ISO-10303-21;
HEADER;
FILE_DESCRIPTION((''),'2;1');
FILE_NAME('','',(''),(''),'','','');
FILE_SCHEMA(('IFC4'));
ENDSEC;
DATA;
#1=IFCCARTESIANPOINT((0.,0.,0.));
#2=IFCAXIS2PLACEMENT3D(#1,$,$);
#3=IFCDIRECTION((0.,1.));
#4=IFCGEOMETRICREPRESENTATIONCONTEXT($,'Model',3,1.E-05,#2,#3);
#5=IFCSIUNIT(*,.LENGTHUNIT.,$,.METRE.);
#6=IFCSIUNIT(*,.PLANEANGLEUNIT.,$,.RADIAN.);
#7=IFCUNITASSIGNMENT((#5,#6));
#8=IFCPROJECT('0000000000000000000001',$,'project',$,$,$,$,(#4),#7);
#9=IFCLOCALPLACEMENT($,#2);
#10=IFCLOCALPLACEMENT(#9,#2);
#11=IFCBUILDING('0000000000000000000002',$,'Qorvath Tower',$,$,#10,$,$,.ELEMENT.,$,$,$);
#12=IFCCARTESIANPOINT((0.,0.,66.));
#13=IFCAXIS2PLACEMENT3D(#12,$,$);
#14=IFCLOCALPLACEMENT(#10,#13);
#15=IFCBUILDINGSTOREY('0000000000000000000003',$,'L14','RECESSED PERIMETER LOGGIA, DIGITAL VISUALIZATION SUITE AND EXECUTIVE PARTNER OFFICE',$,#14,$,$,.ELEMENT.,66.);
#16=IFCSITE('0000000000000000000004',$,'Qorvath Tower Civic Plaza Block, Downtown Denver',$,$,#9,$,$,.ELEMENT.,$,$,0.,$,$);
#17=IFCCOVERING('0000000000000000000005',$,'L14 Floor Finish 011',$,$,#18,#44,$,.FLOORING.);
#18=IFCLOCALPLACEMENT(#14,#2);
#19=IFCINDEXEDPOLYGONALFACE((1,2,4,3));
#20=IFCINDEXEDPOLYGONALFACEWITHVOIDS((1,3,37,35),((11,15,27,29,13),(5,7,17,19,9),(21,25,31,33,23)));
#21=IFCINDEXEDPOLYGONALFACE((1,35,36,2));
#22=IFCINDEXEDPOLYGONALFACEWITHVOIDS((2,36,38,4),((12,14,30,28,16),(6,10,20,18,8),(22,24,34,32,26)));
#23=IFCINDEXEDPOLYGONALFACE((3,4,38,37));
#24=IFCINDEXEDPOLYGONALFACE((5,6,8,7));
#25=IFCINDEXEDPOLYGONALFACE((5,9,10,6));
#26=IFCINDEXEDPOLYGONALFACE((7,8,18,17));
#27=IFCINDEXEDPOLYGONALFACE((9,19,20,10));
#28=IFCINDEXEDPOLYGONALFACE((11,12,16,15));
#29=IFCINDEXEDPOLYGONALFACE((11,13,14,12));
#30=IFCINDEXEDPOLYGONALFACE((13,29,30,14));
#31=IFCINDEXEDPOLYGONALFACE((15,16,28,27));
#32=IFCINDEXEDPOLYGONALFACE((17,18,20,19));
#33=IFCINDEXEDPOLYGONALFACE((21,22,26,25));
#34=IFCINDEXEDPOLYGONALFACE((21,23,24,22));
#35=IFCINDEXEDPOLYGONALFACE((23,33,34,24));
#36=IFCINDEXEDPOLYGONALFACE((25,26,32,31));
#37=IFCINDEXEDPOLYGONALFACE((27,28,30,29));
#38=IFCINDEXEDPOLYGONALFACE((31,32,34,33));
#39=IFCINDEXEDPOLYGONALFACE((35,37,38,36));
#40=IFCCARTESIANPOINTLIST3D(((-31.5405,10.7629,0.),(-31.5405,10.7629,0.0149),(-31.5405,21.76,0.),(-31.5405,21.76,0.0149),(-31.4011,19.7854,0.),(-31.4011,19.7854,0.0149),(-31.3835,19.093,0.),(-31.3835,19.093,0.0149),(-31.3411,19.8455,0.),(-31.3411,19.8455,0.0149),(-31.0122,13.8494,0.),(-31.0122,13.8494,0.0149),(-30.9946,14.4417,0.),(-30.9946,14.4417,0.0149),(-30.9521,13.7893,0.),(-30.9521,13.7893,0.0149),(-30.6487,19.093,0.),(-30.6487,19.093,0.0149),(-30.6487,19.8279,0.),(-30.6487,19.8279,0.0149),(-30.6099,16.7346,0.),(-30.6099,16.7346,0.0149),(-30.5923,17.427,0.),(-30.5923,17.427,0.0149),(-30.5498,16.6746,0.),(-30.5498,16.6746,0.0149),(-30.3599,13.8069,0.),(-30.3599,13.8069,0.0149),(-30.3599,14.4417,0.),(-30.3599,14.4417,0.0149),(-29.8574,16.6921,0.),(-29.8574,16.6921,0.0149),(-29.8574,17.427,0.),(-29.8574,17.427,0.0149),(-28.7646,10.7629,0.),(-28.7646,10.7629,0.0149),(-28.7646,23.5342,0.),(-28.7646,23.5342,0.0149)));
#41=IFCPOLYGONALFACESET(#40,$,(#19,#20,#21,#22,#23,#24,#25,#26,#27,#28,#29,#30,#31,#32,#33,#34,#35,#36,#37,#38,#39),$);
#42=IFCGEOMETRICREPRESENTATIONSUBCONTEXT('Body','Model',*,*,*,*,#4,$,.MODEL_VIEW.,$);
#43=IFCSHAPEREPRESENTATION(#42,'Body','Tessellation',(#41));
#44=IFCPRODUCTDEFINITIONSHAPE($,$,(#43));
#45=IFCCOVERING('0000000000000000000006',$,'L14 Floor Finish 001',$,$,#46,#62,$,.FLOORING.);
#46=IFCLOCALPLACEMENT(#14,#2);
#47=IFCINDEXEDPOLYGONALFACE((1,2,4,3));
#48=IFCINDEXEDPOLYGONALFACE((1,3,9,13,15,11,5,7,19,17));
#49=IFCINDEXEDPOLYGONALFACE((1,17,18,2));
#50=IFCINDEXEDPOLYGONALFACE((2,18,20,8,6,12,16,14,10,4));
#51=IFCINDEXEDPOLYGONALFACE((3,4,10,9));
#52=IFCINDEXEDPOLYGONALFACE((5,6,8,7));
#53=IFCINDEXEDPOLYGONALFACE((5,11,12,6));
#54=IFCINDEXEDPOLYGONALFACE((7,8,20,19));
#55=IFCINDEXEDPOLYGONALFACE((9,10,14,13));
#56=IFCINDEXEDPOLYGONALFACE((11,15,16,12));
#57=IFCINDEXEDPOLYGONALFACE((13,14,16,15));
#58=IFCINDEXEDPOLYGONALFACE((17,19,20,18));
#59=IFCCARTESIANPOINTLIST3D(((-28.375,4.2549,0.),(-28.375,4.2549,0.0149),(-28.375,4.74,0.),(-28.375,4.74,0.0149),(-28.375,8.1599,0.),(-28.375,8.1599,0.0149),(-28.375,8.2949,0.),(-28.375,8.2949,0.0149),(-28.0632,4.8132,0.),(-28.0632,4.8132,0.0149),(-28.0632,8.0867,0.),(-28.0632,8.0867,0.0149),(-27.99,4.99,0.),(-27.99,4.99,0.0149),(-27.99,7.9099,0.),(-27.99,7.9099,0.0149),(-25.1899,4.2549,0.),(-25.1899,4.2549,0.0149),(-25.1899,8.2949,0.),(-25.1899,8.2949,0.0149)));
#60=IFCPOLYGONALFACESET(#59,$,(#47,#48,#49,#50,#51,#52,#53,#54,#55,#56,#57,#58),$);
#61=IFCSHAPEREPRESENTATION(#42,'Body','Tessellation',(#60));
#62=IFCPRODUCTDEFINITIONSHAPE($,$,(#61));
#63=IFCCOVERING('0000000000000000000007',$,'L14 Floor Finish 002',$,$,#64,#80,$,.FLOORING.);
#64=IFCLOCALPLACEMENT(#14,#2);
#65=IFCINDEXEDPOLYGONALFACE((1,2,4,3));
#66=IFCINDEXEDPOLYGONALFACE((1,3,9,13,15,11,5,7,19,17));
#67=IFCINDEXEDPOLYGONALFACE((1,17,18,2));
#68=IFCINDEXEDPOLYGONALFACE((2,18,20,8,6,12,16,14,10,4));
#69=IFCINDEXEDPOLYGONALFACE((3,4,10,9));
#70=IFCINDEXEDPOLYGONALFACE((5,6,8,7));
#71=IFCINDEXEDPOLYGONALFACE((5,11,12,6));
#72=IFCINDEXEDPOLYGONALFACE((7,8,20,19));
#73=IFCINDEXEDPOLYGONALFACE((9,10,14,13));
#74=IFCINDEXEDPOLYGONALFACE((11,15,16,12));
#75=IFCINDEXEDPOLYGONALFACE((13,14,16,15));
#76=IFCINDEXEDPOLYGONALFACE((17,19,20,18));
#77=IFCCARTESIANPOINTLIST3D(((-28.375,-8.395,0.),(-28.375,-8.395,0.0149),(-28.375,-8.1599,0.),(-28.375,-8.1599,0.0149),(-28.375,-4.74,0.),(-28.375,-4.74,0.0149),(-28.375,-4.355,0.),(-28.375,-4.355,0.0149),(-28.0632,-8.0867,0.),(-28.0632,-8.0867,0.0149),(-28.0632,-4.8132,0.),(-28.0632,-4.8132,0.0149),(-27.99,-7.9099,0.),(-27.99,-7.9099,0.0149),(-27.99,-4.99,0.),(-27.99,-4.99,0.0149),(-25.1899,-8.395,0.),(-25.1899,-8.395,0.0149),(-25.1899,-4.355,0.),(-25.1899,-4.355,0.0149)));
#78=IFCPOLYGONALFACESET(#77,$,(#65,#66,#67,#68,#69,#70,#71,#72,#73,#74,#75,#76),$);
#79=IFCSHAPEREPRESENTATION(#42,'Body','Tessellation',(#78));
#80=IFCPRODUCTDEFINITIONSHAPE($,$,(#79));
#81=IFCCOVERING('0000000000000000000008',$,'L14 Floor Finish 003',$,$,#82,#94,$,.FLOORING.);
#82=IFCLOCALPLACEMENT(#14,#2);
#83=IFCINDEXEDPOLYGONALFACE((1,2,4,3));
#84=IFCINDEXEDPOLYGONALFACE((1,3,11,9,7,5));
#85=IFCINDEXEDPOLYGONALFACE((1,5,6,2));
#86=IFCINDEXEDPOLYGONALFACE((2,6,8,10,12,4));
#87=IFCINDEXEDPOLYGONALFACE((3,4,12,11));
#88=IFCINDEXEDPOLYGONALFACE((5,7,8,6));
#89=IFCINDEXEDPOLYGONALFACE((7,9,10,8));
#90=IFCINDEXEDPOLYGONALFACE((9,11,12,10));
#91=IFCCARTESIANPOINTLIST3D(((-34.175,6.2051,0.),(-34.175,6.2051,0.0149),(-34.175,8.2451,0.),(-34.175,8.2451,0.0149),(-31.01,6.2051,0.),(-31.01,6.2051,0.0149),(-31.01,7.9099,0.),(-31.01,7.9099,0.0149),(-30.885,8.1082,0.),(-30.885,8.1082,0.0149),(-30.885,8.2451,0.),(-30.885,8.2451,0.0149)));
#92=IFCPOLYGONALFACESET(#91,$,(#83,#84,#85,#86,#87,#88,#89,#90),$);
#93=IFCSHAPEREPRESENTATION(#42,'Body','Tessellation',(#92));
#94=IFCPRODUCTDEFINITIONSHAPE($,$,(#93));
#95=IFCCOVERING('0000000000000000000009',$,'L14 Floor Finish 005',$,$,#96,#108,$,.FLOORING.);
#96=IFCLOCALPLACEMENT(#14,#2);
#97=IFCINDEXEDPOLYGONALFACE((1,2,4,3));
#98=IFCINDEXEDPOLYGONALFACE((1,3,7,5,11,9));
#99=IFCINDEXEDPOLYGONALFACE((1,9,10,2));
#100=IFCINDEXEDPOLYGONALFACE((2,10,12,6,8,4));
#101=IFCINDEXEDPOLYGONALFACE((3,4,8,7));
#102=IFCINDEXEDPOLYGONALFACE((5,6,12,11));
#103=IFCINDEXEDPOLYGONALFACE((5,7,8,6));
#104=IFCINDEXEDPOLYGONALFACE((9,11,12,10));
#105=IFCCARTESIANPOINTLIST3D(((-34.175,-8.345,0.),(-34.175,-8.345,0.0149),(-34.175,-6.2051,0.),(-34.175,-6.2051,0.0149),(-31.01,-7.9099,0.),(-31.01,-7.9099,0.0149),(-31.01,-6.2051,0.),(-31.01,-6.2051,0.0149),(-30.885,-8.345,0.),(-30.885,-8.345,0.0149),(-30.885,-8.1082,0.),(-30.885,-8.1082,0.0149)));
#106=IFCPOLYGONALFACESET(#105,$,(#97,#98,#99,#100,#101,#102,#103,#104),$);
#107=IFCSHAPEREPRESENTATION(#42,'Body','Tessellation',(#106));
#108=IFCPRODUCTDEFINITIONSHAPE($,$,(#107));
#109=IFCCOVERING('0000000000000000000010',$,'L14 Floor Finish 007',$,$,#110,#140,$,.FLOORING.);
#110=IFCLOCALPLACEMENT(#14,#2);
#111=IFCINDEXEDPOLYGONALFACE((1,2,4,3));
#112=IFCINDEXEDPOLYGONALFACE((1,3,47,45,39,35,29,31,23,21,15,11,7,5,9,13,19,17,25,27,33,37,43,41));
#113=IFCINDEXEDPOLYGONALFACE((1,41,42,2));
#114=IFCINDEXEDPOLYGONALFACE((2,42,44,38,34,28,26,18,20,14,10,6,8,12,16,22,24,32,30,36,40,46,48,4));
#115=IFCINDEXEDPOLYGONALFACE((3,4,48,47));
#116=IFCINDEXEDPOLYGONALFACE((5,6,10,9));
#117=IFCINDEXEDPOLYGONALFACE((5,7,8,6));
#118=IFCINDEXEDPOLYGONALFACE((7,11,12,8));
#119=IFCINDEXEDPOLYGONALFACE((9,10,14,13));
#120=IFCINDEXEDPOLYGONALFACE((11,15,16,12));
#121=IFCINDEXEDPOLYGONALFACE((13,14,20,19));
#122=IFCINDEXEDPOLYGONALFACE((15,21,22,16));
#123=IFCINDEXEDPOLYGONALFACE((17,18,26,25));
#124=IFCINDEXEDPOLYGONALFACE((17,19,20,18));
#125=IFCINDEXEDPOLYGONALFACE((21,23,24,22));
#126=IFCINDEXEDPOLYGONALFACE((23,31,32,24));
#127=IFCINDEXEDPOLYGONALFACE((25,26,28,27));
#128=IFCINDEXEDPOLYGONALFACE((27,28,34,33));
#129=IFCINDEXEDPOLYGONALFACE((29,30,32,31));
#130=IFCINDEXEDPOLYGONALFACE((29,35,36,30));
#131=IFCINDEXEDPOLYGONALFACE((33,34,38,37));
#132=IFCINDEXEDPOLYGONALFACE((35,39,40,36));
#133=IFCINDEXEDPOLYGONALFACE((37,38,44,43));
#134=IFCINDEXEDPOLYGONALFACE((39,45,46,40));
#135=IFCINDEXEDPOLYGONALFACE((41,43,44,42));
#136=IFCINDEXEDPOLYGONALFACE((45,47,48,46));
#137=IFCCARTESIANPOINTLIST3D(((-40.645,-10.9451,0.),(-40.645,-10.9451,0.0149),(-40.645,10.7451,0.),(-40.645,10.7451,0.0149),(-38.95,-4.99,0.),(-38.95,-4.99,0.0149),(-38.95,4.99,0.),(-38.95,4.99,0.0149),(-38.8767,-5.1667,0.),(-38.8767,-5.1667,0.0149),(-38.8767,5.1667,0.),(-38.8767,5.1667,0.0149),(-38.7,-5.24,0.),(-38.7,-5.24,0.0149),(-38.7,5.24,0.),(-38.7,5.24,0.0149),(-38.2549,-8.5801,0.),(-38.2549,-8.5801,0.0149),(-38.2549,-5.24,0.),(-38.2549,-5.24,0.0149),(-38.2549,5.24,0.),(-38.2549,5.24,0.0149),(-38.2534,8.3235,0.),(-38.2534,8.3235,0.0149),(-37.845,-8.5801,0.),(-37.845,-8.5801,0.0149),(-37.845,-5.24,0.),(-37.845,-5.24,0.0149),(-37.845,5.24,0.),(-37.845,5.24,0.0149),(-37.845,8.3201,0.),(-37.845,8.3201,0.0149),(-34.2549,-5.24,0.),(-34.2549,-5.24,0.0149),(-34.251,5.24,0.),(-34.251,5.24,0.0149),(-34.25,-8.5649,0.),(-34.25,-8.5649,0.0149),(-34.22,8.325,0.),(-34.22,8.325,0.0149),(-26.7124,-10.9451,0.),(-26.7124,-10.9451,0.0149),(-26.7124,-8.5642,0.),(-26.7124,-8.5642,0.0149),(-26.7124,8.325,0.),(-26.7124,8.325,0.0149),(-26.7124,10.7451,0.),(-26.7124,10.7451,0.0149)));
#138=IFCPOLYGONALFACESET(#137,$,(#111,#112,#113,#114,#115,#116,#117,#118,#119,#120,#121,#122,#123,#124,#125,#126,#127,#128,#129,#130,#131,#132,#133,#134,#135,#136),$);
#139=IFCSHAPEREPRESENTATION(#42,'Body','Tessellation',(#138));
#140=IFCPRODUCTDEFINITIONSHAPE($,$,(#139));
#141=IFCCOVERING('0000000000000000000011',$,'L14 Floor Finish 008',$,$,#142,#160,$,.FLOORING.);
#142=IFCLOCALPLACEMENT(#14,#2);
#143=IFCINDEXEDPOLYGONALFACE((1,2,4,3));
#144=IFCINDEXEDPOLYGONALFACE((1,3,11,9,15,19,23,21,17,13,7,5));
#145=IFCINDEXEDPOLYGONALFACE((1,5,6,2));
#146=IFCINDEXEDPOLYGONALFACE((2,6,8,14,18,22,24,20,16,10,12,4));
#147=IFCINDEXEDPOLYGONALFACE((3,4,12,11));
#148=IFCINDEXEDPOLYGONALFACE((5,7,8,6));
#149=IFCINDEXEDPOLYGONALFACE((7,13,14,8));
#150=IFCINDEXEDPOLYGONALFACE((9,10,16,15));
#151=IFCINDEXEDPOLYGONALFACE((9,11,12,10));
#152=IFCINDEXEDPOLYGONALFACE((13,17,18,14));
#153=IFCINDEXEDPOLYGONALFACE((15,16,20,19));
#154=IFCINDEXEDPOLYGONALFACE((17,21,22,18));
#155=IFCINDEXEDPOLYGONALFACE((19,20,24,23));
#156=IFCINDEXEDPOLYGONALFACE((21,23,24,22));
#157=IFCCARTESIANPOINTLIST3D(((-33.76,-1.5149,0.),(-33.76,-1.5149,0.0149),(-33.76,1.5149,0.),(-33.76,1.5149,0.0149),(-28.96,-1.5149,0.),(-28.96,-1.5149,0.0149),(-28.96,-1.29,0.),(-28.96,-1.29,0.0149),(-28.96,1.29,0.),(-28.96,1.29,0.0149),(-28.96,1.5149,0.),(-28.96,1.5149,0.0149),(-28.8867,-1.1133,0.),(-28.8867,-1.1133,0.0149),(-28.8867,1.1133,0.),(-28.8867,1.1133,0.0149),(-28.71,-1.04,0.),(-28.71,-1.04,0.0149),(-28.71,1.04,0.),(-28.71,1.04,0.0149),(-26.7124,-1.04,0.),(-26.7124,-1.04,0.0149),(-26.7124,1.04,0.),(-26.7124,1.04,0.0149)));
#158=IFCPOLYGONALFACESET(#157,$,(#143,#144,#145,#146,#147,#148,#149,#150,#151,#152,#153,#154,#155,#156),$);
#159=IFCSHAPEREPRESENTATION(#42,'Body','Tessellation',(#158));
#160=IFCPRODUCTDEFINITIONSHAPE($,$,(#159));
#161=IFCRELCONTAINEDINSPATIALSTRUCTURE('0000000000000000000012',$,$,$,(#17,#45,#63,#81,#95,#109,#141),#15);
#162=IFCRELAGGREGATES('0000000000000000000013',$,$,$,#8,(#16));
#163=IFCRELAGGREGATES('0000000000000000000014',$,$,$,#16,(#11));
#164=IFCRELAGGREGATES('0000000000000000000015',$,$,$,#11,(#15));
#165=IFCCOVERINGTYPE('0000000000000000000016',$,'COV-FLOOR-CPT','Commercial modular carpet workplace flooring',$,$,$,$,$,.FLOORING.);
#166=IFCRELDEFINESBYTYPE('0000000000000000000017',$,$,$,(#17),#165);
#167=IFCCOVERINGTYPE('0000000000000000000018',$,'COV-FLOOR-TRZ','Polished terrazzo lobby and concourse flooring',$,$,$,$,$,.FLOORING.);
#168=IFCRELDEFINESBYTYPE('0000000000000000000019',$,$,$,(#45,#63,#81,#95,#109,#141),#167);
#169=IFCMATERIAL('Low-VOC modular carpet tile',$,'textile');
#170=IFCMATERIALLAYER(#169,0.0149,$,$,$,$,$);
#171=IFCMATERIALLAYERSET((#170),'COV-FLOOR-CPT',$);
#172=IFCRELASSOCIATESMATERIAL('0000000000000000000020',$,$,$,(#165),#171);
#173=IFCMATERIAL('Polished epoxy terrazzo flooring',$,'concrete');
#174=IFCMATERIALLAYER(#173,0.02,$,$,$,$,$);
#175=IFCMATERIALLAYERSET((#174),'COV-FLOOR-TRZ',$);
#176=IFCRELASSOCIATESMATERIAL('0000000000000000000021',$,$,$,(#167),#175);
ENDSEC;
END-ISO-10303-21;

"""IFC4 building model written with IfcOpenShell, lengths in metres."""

from ifc_helpers import new_model, si_unit, direction, frame, origin, place, context, subcontext, project, spatial, polyline, outline, extrude, material, layer, layer_set, type_object, element, save


model = new_model("IFC4")

# Units and contexts
model_context = context("Model", 3, precision=1e-05, world=origin(), true_north=direction((0.0, 1.0)))
body_context = subcontext(model_context, "Body", "Model", "MODEL_VIEW")
ifc_project = project(units=[si_unit("LENGTHUNIT", "METRE"), si_unit("PLANEANGLEUNIT", "RADIAN")], contexts=[model_context])

# Site, building, storey
site_placement = place(None, origin())
site = spatial("IfcSite", under=ifc_project, at=site_placement, Name="Qorvath Tower Civic Plaza Block, Downtown Denver", CompositionType="ELEMENT", RefElevation=0.0)
building_placement = place(site_placement, origin())
building = spatial("IfcBuilding", under=site, at=building_placement, Name="Qorvath Tower", CompositionType="ELEMENT")
storey_placement = place(building_placement, frame((0.0, 0.0, 66.0)))
storey = spatial("IfcBuildingStorey", under=building, at=storey_placement, Name="L14", Description="RECESSED PERIMETER LOGGIA, DIGITAL VISUALIZATION SUITE AND EXECUTIVE PARTNER OFFICE", CompositionType="ELEMENT", Elevation=66.0)

# Coverings
ifc_material_1 = material(Name="Low-VOC modular carpet tile", Category="textile")
ifc_layer_1 = layer(ifc_material_1, 0.0149)
ifc_layer_set_1 = layer_set([ifc_layer_1], Name="COV-FLOOR-CPT")
covering_type_1 = type_object("IfcCoveringType", Name="COV-FLOOR-CPT", Description="Commercial modular carpet workplace flooring", PredefinedType="FLOORING", material=ifc_layer_set_1)
covering_1_placement = place(storey_placement, origin())
element("IfcCovering", 1, at=covering_1_placement, inside=storey, type_object=covering_type_1, Name="L14 Floor Finish 011", PredefinedType="FLOORING", context=body_context, shape_type="SweptSolid", body=[
    extrude(outline(polyline([(-28.7646, 10.7629), (-28.7646, 23.5342), (-31.5405, 21.76), (-31.5405, 10.7629), (-28.7646, 10.7629)]), holes=[polyline([(-30.6099, 16.7346), (-30.5923, 17.427), (-29.8574, 17.427), (-29.8574, 16.6921), (-30.5498, 16.6746), (-30.6099, 16.7346)]), polyline([(-31.0122, 13.8494), (-30.9946, 14.4417), (-30.3599, 14.4417), (-30.3599, 13.8069), (-30.9521, 13.7893), (-31.0122, 13.8494)]), polyline([(-31.4011, 19.7854), (-31.3411, 19.8455), (-30.6487, 19.8279), (-30.6487, 19.093), (-31.3835, 19.093), (-31.4011, 19.7854)])]), origin(), (0.0, 0.0, 1.0), 0.0149),
])
ifc_material_2 = material(Name="Polished epoxy terrazzo flooring", Category="concrete")
ifc_layer_2 = layer(ifc_material_2, 0.02)
ifc_layer_set_2 = layer_set([ifc_layer_2], Name="COV-FLOOR-TRZ")
covering_type_2 = type_object("IfcCoveringType", Name="COV-FLOOR-TRZ", Description="Polished terrazzo lobby and concourse flooring", PredefinedType="FLOORING", material=ifc_layer_set_2)
covering_2_placement = place(storey_placement, origin())
element("IfcCovering", 2, at=covering_2_placement, inside=storey, type_object=covering_type_2, Name="L14 Floor Finish 001", PredefinedType="FLOORING", context=body_context, shape_type="SweptSolid", body=[
    extrude(outline(polyline([(-25.1899, 4.2549), (-25.1899, 8.2949), (-28.375, 8.2949), (-28.375, 8.1599), (-28.0632, 8.0867), (-27.99, 7.9099), (-27.99, 4.99), (-28.0632, 4.8132), (-28.375, 4.74), (-28.375, 4.2549), (-25.1899, 4.2549)])), origin(), (0.0, 0.0, 1.0), 0.0149),
])
covering_3_placement = place(storey_placement, origin())
element("IfcCovering", 3, at=covering_3_placement, inside=storey, type_object=covering_type_2, Name="L14 Floor Finish 002", PredefinedType="FLOORING", context=body_context, shape_type="SweptSolid", body=[
    extrude(outline(polyline([(-25.1899, -8.395), (-25.1899, -4.355), (-28.375, -4.355), (-28.375, -4.74), (-28.0632, -4.8132), (-27.99, -4.99), (-27.99, -7.9099), (-28.0632, -8.0867), (-28.375, -8.1599), (-28.375, -8.395), (-25.1899, -8.395)])), origin(), (0.0, 0.0, 1.0), 0.0149),
])
covering_4_placement = place(storey_placement, origin())
element("IfcCovering", 4, at=covering_4_placement, inside=storey, type_object=covering_type_2, Name="L14 Floor Finish 003", PredefinedType="FLOORING", context=body_context, shape_type="SweptSolid", body=[
    extrude(outline(polyline([(-31.01, 6.2051), (-31.01, 7.9099), (-30.885, 8.1082), (-30.885, 8.2451), (-34.175, 8.2451), (-34.175, 6.2051), (-31.01, 6.2051)])), origin(), (0.0, 0.0, 1.0), 0.0149),
])
covering_5_placement = place(storey_placement, origin())
element("IfcCovering", 5, at=covering_5_placement, inside=storey, type_object=covering_type_2, Name="L14 Floor Finish 005", PredefinedType="FLOORING", context=body_context, shape_type="SweptSolid", body=[
    extrude(outline(polyline([(-30.885, -8.345), (-30.885, -8.1082), (-31.01, -7.9099), (-31.01, -6.2051), (-34.175, -6.2051), (-34.175, -8.345), (-30.885, -8.345)])), origin(), (0.0, 0.0, 1.0), 0.0149),
])
covering_6_placement = place(storey_placement, origin())
element("IfcCovering", 6, at=covering_6_placement, inside=storey, type_object=covering_type_2, Name="L14 Floor Finish 007", PredefinedType="FLOORING", context=body_context, shape_type="SweptSolid", body=[
    extrude(outline(polyline([(-26.7124, -10.9451), (-26.7124, -8.5642), (-34.25, -8.5649), (-34.2549, -5.24), (-37.845, -5.24), (-37.845, -8.5801), (-38.2549, -8.5801), (-38.2549, -5.24), (-38.7, -5.24), (-38.8767, -5.1667), (-38.95, -4.99), (-38.95, 4.99), (-38.8767, 5.1667), (-38.7, 5.24), (-38.2549, 5.24), (-38.2534, 8.3235), (-37.845, 8.3201), (-37.845, 5.24), (-34.251, 5.24), (-34.22, 8.325), (-26.7124, 8.325), (-26.7124, 10.7451), (-40.645, 10.7451), (-40.645, -10.9451), (-26.7124, -10.9451)])), origin(), (0.0, 0.0, 1.0), 0.0149),
])
covering_7_placement = place(storey_placement, origin())
element("IfcCovering", 7, at=covering_7_placement, inside=storey, type_object=covering_type_2, Name="L14 Floor Finish 008", PredefinedType="FLOORING", context=body_context, shape_type="SweptSolid", body=[
    extrude(outline(polyline([(-26.7124, -1.04), (-26.7124, 1.04), (-28.71, 1.04), (-28.8867, 1.1133), (-28.96, 1.29), (-28.96, 1.5149), (-33.76, 1.5149), (-33.76, -1.5149), (-28.96, -1.5149), (-28.96, -1.29), (-28.8867, -1.1133), (-28.71, -1.04), (-26.7124, -1.04)])), origin(), (0.0, 0.0, 1.0), 0.0149),
])

save(model, "model.ifc")
